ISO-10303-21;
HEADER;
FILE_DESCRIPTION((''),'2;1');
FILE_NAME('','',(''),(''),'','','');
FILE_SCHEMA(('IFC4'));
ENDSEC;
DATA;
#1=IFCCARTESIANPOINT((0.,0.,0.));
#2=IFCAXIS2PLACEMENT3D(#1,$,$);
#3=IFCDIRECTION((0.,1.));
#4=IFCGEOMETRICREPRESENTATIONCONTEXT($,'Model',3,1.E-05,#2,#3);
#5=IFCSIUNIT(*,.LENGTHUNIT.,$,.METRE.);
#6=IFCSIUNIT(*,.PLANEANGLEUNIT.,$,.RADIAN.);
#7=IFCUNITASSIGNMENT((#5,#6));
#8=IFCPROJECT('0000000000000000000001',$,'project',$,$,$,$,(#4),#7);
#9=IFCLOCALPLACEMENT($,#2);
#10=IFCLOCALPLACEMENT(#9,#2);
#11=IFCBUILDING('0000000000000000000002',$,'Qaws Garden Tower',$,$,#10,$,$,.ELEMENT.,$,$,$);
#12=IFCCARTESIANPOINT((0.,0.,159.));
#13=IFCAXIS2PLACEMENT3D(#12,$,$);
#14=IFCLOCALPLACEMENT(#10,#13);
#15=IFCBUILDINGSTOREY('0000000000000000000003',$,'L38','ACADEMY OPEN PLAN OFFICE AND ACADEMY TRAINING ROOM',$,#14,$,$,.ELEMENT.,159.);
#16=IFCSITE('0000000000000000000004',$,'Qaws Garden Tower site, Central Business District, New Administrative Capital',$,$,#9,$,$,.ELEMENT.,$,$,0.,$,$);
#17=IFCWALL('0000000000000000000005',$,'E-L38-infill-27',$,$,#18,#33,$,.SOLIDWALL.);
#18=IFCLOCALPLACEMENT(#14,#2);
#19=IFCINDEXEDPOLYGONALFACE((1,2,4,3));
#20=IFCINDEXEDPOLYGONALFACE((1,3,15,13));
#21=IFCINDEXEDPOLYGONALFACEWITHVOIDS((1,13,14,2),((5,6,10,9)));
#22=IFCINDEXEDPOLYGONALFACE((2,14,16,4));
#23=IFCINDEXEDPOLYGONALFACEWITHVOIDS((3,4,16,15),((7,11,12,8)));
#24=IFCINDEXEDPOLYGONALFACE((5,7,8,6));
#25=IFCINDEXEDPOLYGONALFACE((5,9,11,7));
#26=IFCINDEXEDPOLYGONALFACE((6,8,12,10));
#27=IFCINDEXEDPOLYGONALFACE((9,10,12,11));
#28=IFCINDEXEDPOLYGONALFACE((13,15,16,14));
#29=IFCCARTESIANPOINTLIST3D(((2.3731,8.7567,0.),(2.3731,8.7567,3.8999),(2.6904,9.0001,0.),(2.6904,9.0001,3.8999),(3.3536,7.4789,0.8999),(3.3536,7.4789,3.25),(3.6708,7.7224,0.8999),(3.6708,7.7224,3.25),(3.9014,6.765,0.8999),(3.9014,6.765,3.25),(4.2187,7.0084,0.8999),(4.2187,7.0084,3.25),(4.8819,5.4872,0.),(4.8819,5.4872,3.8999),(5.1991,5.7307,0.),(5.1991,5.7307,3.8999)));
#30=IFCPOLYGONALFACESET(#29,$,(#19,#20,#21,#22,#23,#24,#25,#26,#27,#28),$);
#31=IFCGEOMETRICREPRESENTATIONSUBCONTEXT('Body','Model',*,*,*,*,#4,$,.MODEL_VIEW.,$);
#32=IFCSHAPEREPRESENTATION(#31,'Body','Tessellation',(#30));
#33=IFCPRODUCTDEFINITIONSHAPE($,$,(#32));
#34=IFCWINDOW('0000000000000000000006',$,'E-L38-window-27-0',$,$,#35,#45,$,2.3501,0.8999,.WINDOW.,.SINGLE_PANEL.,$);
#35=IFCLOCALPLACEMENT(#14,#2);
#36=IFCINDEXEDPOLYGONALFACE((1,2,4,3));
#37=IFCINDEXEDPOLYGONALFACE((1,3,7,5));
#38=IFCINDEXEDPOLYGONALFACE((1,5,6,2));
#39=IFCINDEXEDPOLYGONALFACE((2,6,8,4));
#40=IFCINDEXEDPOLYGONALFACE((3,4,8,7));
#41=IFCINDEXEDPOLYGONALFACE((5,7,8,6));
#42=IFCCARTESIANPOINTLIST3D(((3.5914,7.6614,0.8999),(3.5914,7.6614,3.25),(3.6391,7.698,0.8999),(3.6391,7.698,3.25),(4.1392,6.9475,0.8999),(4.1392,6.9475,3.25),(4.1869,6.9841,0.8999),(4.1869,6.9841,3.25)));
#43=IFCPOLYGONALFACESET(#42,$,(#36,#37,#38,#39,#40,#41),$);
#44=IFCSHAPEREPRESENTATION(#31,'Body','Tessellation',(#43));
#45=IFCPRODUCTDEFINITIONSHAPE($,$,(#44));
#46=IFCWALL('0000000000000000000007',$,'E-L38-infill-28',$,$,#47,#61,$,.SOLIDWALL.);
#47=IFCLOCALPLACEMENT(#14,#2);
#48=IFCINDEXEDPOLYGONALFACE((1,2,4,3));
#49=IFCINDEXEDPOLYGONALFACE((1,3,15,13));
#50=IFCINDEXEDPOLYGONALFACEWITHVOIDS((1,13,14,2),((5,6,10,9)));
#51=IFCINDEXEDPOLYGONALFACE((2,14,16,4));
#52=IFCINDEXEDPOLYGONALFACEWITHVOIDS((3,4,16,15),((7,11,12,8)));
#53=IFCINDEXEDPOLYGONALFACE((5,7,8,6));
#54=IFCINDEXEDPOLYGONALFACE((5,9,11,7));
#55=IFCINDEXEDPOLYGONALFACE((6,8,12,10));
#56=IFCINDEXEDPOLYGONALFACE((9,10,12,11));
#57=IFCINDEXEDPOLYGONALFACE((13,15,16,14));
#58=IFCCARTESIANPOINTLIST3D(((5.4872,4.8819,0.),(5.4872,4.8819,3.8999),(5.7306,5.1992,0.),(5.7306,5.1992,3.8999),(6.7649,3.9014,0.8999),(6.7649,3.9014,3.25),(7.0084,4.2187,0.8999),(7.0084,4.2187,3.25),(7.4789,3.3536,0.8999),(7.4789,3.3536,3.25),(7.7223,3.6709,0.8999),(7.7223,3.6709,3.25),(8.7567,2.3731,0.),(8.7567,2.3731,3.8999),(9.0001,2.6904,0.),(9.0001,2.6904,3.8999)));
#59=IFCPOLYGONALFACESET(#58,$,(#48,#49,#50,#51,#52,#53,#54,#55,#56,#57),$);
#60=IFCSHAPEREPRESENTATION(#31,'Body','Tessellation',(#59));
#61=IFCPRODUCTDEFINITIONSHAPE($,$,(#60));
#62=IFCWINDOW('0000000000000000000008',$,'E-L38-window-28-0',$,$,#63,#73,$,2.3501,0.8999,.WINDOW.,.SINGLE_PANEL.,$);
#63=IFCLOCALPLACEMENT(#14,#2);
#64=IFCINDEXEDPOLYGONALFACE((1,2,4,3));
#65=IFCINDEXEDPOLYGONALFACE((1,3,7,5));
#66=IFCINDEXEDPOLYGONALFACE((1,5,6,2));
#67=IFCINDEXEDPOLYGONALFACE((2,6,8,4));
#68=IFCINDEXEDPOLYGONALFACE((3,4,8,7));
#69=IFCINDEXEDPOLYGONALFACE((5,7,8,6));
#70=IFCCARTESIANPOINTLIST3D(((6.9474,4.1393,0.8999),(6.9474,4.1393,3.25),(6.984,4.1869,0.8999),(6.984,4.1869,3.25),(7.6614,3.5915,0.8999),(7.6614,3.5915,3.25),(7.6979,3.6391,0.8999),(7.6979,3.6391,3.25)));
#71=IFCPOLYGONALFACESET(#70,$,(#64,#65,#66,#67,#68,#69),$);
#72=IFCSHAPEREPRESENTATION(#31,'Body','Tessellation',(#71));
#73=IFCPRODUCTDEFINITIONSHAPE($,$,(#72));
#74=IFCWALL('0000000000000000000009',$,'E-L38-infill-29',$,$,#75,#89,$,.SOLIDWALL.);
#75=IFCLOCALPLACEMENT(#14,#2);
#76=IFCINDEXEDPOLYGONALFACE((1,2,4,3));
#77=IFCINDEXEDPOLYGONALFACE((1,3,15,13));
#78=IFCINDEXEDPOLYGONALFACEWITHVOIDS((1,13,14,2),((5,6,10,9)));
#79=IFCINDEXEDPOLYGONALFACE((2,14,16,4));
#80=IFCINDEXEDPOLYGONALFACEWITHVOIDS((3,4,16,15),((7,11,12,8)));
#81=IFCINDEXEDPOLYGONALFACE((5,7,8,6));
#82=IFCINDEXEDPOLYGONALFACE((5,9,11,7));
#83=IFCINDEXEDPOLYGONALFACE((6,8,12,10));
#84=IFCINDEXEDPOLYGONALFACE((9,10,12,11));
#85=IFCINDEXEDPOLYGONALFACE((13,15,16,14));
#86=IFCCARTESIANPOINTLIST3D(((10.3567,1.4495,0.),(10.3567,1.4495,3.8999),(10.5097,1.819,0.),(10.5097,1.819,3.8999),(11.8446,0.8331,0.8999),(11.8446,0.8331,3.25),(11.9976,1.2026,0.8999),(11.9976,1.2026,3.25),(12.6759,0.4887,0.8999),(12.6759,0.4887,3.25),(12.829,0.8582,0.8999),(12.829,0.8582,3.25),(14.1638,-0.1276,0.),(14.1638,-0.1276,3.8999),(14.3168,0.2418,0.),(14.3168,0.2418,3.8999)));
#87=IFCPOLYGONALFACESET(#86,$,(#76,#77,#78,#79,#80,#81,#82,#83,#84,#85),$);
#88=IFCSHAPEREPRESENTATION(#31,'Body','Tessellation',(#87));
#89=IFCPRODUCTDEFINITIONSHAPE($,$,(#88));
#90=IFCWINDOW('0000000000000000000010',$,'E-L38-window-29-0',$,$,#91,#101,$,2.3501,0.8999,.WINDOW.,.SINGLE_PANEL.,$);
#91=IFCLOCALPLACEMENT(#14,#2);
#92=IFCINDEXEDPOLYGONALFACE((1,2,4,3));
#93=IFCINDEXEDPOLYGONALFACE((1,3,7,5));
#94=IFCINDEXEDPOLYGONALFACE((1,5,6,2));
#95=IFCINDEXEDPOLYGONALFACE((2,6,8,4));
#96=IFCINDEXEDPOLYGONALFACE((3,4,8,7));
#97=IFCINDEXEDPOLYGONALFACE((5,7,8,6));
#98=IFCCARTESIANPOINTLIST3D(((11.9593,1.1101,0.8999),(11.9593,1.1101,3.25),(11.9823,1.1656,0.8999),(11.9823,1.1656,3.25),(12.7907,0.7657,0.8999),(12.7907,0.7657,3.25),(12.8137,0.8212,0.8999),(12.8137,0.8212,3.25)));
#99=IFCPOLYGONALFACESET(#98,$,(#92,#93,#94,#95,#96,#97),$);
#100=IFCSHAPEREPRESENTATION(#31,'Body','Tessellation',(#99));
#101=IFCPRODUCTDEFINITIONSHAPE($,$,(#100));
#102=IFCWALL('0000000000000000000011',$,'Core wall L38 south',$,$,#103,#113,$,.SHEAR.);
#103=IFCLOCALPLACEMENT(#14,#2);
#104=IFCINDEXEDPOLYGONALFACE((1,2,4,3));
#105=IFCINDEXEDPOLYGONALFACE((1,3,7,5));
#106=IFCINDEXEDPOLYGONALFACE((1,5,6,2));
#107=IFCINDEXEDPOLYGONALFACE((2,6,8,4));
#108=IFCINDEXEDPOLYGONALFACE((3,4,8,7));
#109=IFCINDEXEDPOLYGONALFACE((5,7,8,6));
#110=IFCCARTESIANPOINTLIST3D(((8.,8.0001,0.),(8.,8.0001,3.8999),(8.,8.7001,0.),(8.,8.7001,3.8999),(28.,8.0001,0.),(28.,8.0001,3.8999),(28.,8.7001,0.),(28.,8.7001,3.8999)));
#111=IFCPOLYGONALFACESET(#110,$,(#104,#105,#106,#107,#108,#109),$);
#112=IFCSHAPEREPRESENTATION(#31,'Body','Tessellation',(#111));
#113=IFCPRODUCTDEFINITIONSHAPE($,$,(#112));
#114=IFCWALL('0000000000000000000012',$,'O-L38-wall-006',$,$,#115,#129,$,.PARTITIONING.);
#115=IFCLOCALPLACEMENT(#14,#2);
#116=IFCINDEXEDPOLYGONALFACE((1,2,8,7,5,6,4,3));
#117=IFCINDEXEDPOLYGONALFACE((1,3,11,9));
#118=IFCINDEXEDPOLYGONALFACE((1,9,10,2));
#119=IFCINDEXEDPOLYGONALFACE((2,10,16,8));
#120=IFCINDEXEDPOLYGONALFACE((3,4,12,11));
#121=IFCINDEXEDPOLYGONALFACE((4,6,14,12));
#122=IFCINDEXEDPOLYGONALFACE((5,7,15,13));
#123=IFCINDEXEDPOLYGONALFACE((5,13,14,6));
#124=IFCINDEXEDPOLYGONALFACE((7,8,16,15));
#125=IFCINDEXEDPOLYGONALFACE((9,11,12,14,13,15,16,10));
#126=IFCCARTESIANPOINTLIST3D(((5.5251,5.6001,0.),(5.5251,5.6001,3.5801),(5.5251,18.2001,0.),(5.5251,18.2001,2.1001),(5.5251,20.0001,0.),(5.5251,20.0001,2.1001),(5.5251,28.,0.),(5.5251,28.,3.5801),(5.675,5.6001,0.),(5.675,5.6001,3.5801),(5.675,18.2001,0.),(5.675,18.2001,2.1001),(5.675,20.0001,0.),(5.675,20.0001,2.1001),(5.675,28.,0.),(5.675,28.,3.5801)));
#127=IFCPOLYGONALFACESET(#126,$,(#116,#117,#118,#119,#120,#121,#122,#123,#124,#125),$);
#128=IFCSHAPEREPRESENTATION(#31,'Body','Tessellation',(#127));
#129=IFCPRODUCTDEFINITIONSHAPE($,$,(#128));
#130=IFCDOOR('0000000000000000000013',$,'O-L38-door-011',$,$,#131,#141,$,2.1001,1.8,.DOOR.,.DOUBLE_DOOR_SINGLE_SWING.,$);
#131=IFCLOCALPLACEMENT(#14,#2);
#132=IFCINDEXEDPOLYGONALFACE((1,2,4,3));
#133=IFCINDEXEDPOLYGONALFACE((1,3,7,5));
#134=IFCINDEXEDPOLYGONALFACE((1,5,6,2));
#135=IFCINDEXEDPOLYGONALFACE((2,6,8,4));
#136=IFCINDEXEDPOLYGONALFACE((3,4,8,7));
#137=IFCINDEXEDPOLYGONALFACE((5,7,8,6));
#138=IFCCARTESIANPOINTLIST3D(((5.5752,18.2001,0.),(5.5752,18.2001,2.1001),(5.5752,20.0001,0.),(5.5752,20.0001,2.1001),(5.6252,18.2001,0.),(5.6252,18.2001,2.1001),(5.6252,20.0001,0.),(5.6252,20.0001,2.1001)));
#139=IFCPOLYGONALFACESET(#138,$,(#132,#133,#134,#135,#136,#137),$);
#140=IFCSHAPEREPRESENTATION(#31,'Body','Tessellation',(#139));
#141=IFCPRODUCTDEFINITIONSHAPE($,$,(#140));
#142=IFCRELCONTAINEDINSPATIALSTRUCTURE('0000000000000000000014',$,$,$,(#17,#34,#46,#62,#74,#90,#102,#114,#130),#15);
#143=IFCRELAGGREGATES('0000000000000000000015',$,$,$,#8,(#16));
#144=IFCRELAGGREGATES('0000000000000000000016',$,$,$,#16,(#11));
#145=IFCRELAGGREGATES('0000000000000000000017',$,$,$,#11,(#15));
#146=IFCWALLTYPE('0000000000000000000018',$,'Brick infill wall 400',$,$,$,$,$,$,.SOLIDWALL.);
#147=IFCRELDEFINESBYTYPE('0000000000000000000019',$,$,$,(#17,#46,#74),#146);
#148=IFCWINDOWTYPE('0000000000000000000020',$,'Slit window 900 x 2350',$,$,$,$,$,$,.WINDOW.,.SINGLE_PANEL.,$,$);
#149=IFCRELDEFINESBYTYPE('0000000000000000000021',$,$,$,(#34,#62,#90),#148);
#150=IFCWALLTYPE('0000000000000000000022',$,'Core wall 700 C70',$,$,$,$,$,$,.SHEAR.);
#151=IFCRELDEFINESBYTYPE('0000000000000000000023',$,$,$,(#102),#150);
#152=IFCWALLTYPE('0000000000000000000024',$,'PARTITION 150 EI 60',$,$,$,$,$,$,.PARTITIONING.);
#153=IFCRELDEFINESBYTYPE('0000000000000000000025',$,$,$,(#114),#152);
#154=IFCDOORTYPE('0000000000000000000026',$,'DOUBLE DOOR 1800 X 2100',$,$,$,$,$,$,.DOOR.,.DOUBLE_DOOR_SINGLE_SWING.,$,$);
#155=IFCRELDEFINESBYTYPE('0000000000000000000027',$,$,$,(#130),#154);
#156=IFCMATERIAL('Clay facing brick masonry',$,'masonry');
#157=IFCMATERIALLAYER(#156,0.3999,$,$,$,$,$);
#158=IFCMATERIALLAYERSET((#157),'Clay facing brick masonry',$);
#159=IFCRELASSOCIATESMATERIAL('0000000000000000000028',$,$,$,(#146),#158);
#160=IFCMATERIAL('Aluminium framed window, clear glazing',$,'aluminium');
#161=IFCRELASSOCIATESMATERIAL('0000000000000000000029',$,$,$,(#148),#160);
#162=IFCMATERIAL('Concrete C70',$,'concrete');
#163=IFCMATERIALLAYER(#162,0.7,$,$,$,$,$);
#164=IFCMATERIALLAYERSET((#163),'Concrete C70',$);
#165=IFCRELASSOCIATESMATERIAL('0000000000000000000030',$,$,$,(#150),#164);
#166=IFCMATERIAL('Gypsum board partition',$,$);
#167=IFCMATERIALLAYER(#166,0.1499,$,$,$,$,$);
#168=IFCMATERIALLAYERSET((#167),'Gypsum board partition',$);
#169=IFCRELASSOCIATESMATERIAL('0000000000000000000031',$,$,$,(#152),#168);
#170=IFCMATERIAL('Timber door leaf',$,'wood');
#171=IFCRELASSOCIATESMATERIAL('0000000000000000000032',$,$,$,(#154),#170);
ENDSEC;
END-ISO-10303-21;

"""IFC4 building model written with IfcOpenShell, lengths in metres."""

from ifc_helpers import new_model, si_unit, direction, frame, frame_2d, origin, place, context, subcontext, project, spatial, rectangle, extrude, material, layer, layer_set, type_object, element, fill, save


model = new_model("IFC4")

# Units and contexts
model_context = context("Model", 3, precision=1e-05, world=origin(), true_north=direction((0.0, 1.0)))
body_context = subcontext(model_context, "Body", "Model", "MODEL_VIEW")
ifc_project = project(units=[si_unit("LENGTHUNIT", "METRE"), si_unit("PLANEANGLEUNIT", "RADIAN")], contexts=[model_context])

# Site, building, storey
site_placement = place(None, origin())
site = spatial("IfcSite", under=ifc_project, at=site_placement, Name="Qaws Garden Tower site, Central Business District, New Administrative Capital", CompositionType="ELEMENT", RefElevation=0.0)
building_placement = place(site_placement, origin())
building = spatial("IfcBuilding", under=site, at=building_placement, Name="Qaws Garden Tower", CompositionType="ELEMENT")
storey_placement = place(building_placement, frame((0.0, 0.0, 159.0)))
storey = spatial("IfcBuildingStorey", under=building, at=storey_placement, Name="L38", Description="ACADEMY OPEN PLAN OFFICE AND ACADEMY TRAINING ROOM", CompositionType="ELEMENT", Elevation=159.0)

# Walls, openings, windows
ifc_material_1 = material(Name="Clay facing brick masonry", Category="masonry")
ifc_layer_1 = layer(ifc_material_1, 0.3999)
ifc_layer_set_1 = layer_set([ifc_layer_1], Name="Clay facing brick masonry")
wall_type_1 = type_object("IfcWallType", Name="Brick infill wall 400", PredefinedType="SOLIDWALL", material=ifc_layer_set_1)
wall_1_placement = place(storey_placement, frame((2.5317, 8.8784, 0.0), z_axis=(0.0, 0.0, 1.0), x_axis=(0.60876, -0.793355, 0.0)))
wall_1 = element("IfcWall", 1, at=wall_1_placement, inside=storey, type_object=wall_type_1, Name="E-L38-infill-27", PredefinedType="SOLIDWALL", context=body_context, shape_type="SweptSolid", body=[
    extrude(rectangle(XDim=4.1211, YDim=0.3999, at=frame_2d((2.0605, 0.0))), origin(), (0.0, 0.0, 1.0), 3.8999),
])
opening_1_placement = place(wall_1_placement, frame((1.6106, 0.0, 0.8999)))
opening_1 = element("IfcOpeningElement", 2, at=opening_1_placement, cuts=wall_1, PredefinedType="OPENING", context=body_context, shape_type="SweptSolid", body=[
    extrude(rectangle(XDim=0.8999, YDim=2.3501, at=frame_2d((0.45, 1.175))), frame((0.0, 0.21, 0.0), z_axis=(0.0, -1.0, 0.0), x_axis=(1.0, 0.0, 0.0)), (0.0, 0.0, 1.0), 0.4199),
])
ifc_material_2 = material(Name="Aluminium framed window, clear glazing", Category="aluminium")
window_type = type_object("IfcWindowType", Name="Slit window 900 x 2350", PartitioningType="SINGLE_PANEL", PredefinedType="WINDOW", material=ifc_material_2)
window_1_placement = place(opening_1_placement, origin())
window_1 = element("IfcWindow", 3, at=window_1_placement, inside=storey, type_object=window_type, Name="E-L38-window-27-0", OverallHeight=2.3501, OverallWidth=0.8999, PartitioningType="SINGLE_PANEL", PredefinedType="WINDOW", context=body_context, shape_type="SweptSolid", body=[
    extrude(rectangle(XDim=0.8999, YDim=2.3501, at=frame_2d((0.45, 1.175))), frame((0.0, 0.1599, 0.0), z_axis=(0.0, -1.0, 0.0), x_axis=(1.0, 0.0, 0.0)), (0.0, 0.0, 1.0), 0.0601),
])
fill(opening_1, window_1)
wall_2_placement = place(storey_placement, frame((5.6089, 5.0405, 0.0), z_axis=(0.0, 0.0, 1.0), x_axis=(0.793355, -0.60876, 0.0)))
wall_2 = element("IfcWall", 4, at=wall_2_placement, inside=storey, type_object=wall_type_1, Name="E-L38-infill-28", PredefinedType="SOLIDWALL", context=body_context, shape_type="SweptSolid", body=[
    extrude(rectangle(XDim=4.1211, YDim=0.3999, at=frame_2d((2.0605, 0.0))), origin(), (0.0, 0.0, 1.0), 3.8999),
])
opening_2_placement = place(wall_2_placement, frame((1.6106, 0.0, 0.8999)))
opening_2 = element("IfcOpeningElement", 5, at=opening_2_placement, cuts=wall_2, PredefinedType="OPENING", context=body_context, shape_type="SweptSolid", body=[
    extrude(rectangle(XDim=0.8999, YDim=2.3501, at=frame_2d((0.45, 1.175))), frame((0.0, 0.21, 0.0), z_axis=(0.0, -1.0, 0.0), x_axis=(1.0, 0.0, 0.0)), (0.0, 0.0, 1.0), 0.4199),
])
window_2_placement = place(opening_2_placement, origin())
window_2 = element("IfcWindow", 6, at=window_2_placement, inside=storey, type_object=window_type, Name="E-L38-window-28-0", OverallHeight=2.3501, OverallWidth=0.8999, PartitioningType="SINGLE_PANEL", PredefinedType="WINDOW", context=body_context, shape_type="SweptSolid", body=[
    extrude(rectangle(XDim=0.8999, YDim=2.3501, at=frame_2d((0.45, 1.175))), frame((0.0, 0.1599, 0.0), z_axis=(0.0, -1.0, 0.0), x_axis=(1.0, 0.0, 0.0)), (0.0, 0.0, 1.0), 0.0601),
])
fill(opening_2, window_2)
wall_3_placement = place(storey_placement, frame((10.4331, 1.6343, 0.0), z_axis=(0.0, 0.0, 1.0), x_axis=(0.923864, -0.382722, 0.0)))
wall_3 = element("IfcWall", 7, at=wall_3_placement, inside=storey, type_object=wall_type_1, Name="E-L38-infill-29", PredefinedType="SOLIDWALL", context=body_context, shape_type="SweptSolid", body=[
    extrude(rectangle(XDim=4.1208, YDim=0.3999, at=frame_2d((2.0605, 0.0))), origin(), (0.0, 0.0, 1.0), 3.8999),
])
opening_3_placement = place(wall_3_placement, frame((1.6106, 0.0, 0.8999)))
opening_3 = element("IfcOpeningElement", 8, at=opening_3_placement, cuts=wall_3, PredefinedType="OPENING", context=body_context, shape_type="SweptSolid", body=[
    extrude(rectangle(XDim=0.8999, YDim=2.3501, at=frame_2d((0.45, 1.175))), frame((0.0, 0.21, 0.0), z_axis=(0.0, -1.0, 0.0), x_axis=(1.0, 0.0, 0.0)), (0.0, 0.0, 1.0), 0.4199),
])
window_3_placement = place(opening_3_placement, origin())
window_3 = element("IfcWindow", 9, at=window_3_placement, inside=storey, type_object=window_type, Name="E-L38-window-29-0", OverallHeight=2.3501, OverallWidth=0.8999, PartitioningType="SINGLE_PANEL", PredefinedType="WINDOW", context=body_context, shape_type="SweptSolid", body=[
    extrude(rectangle(XDim=0.8999, YDim=2.3501, at=frame_2d((0.45, 1.175))), frame((0.0, 0.1599, 0.0), z_axis=(0.0, -1.0, 0.0), x_axis=(1.0, 0.0, 0.0)), (0.0, 0.0, 1.0), 0.0601),
])
fill(opening_3, window_3)

# Wall
ifc_material_3 = material(Name="Concrete C70", Category="concrete")
ifc_layer_2 = layer(ifc_material_3, 0.7)
ifc_layer_set_2 = layer_set([ifc_layer_2], Name="Concrete C70")
wall_type_2 = type_object("IfcWallType", Name="Core wall 700 C70", PredefinedType="SHEAR", material=ifc_layer_set_2)
wall_4_placement = place(storey_placement, frame((8.0, 8.3501, 0.0), z_axis=(0.0, 0.0, 1.0), x_axis=(1.0, 0.0, 0.0)))
element("IfcWall", 10, at=wall_4_placement, inside=storey, type_object=wall_type_2, Name="Core wall L38 south", PredefinedType="SHEAR", context=body_context, shape_type="SweptSolid", body=[
    extrude(rectangle(XDim=20.0, YDim=0.7, at=frame_2d((10.0, 0.0))), origin(), (0.0, 0.0, 1.0), 3.8999),
])

# Wall, opening, door
ifc_material_4 = material(Name="Gypsum board partition")
ifc_layer_3 = layer(ifc_material_4, 0.1499)
ifc_layer_set_3 = layer_set([ifc_layer_3], Name="Gypsum board partition")
wall_type_3 = type_object("IfcWallType", Name="PARTITION 150 EI 60", PredefinedType="PARTITIONING", material=ifc_layer_set_3)
wall_5_placement = place(storey_placement, frame((5.6001, 5.6001, 0.0), z_axis=(0.0, 0.0, 1.0), x_axis=(0.0, 1.0, 0.0)))
wall_5 = element("IfcWall", 11, at=wall_5_placement, inside=storey, type_object=wall_type_3, Name="O-L38-wall-006", PredefinedType="PARTITIONING", context=body_context, shape_type="SweptSolid", body=[
    extrude(rectangle(XDim=22.3999, YDim=0.1499, at=frame_2d((11.2, 0.0))), origin(), (0.0, 0.0, 1.0), 3.5801),
])
opening_4_placement = place(wall_5_placement, frame((12.6001, 0.0, 0.0)))
opening_4 = element("IfcOpeningElement", 12, at=opening_4_placement, cuts=wall_5, PredefinedType="OPENING", context=body_context, shape_type="SweptSolid", body=[
    extrude(rectangle(XDim=1.8, YDim=2.1001, at=frame_2d((0.8999, 1.05))), frame((0.0, 0.085, 0.0), z_axis=(0.0, -1.0, 0.0), x_axis=(1.0, 0.0, 0.0)), (0.0, 0.0, 1.0), 0.1699),
])
ifc_material_5 = material(Name="Timber door leaf", Category="wood")
door_type_1 = type_object("IfcDoorType", Name="DOUBLE DOOR 1800 X 2100", OperationType="DOUBLE_DOOR_SINGLE_SWING", PredefinedType="DOOR", material=ifc_material_5)
door_1_placement = place(opening_4_placement, origin())
door_1 = element("IfcDoor", 13, at=door_1_placement, inside=storey, type_object=door_type_1, Name="O-L38-door-011", OperationType="DOUBLE_DOOR_SINGLE_SWING", OverallHeight=2.1001, OverallWidth=1.8, PredefinedType="DOOR", context=body_context, shape_type="SweptSolid", body=[
    extrude(rectangle(XDim=1.8, YDim=2.1001, at=frame_2d((0.8999, 1.05))), frame((0.0, 0.0249, 0.0), z_axis=(0.0, -1.0, 0.0), x_axis=(1.0, 0.0, 0.0)), (0.0, 0.0, 1.0), 0.05),
])
fill(opening_4, door_1)

save(model, "model.ifc")
